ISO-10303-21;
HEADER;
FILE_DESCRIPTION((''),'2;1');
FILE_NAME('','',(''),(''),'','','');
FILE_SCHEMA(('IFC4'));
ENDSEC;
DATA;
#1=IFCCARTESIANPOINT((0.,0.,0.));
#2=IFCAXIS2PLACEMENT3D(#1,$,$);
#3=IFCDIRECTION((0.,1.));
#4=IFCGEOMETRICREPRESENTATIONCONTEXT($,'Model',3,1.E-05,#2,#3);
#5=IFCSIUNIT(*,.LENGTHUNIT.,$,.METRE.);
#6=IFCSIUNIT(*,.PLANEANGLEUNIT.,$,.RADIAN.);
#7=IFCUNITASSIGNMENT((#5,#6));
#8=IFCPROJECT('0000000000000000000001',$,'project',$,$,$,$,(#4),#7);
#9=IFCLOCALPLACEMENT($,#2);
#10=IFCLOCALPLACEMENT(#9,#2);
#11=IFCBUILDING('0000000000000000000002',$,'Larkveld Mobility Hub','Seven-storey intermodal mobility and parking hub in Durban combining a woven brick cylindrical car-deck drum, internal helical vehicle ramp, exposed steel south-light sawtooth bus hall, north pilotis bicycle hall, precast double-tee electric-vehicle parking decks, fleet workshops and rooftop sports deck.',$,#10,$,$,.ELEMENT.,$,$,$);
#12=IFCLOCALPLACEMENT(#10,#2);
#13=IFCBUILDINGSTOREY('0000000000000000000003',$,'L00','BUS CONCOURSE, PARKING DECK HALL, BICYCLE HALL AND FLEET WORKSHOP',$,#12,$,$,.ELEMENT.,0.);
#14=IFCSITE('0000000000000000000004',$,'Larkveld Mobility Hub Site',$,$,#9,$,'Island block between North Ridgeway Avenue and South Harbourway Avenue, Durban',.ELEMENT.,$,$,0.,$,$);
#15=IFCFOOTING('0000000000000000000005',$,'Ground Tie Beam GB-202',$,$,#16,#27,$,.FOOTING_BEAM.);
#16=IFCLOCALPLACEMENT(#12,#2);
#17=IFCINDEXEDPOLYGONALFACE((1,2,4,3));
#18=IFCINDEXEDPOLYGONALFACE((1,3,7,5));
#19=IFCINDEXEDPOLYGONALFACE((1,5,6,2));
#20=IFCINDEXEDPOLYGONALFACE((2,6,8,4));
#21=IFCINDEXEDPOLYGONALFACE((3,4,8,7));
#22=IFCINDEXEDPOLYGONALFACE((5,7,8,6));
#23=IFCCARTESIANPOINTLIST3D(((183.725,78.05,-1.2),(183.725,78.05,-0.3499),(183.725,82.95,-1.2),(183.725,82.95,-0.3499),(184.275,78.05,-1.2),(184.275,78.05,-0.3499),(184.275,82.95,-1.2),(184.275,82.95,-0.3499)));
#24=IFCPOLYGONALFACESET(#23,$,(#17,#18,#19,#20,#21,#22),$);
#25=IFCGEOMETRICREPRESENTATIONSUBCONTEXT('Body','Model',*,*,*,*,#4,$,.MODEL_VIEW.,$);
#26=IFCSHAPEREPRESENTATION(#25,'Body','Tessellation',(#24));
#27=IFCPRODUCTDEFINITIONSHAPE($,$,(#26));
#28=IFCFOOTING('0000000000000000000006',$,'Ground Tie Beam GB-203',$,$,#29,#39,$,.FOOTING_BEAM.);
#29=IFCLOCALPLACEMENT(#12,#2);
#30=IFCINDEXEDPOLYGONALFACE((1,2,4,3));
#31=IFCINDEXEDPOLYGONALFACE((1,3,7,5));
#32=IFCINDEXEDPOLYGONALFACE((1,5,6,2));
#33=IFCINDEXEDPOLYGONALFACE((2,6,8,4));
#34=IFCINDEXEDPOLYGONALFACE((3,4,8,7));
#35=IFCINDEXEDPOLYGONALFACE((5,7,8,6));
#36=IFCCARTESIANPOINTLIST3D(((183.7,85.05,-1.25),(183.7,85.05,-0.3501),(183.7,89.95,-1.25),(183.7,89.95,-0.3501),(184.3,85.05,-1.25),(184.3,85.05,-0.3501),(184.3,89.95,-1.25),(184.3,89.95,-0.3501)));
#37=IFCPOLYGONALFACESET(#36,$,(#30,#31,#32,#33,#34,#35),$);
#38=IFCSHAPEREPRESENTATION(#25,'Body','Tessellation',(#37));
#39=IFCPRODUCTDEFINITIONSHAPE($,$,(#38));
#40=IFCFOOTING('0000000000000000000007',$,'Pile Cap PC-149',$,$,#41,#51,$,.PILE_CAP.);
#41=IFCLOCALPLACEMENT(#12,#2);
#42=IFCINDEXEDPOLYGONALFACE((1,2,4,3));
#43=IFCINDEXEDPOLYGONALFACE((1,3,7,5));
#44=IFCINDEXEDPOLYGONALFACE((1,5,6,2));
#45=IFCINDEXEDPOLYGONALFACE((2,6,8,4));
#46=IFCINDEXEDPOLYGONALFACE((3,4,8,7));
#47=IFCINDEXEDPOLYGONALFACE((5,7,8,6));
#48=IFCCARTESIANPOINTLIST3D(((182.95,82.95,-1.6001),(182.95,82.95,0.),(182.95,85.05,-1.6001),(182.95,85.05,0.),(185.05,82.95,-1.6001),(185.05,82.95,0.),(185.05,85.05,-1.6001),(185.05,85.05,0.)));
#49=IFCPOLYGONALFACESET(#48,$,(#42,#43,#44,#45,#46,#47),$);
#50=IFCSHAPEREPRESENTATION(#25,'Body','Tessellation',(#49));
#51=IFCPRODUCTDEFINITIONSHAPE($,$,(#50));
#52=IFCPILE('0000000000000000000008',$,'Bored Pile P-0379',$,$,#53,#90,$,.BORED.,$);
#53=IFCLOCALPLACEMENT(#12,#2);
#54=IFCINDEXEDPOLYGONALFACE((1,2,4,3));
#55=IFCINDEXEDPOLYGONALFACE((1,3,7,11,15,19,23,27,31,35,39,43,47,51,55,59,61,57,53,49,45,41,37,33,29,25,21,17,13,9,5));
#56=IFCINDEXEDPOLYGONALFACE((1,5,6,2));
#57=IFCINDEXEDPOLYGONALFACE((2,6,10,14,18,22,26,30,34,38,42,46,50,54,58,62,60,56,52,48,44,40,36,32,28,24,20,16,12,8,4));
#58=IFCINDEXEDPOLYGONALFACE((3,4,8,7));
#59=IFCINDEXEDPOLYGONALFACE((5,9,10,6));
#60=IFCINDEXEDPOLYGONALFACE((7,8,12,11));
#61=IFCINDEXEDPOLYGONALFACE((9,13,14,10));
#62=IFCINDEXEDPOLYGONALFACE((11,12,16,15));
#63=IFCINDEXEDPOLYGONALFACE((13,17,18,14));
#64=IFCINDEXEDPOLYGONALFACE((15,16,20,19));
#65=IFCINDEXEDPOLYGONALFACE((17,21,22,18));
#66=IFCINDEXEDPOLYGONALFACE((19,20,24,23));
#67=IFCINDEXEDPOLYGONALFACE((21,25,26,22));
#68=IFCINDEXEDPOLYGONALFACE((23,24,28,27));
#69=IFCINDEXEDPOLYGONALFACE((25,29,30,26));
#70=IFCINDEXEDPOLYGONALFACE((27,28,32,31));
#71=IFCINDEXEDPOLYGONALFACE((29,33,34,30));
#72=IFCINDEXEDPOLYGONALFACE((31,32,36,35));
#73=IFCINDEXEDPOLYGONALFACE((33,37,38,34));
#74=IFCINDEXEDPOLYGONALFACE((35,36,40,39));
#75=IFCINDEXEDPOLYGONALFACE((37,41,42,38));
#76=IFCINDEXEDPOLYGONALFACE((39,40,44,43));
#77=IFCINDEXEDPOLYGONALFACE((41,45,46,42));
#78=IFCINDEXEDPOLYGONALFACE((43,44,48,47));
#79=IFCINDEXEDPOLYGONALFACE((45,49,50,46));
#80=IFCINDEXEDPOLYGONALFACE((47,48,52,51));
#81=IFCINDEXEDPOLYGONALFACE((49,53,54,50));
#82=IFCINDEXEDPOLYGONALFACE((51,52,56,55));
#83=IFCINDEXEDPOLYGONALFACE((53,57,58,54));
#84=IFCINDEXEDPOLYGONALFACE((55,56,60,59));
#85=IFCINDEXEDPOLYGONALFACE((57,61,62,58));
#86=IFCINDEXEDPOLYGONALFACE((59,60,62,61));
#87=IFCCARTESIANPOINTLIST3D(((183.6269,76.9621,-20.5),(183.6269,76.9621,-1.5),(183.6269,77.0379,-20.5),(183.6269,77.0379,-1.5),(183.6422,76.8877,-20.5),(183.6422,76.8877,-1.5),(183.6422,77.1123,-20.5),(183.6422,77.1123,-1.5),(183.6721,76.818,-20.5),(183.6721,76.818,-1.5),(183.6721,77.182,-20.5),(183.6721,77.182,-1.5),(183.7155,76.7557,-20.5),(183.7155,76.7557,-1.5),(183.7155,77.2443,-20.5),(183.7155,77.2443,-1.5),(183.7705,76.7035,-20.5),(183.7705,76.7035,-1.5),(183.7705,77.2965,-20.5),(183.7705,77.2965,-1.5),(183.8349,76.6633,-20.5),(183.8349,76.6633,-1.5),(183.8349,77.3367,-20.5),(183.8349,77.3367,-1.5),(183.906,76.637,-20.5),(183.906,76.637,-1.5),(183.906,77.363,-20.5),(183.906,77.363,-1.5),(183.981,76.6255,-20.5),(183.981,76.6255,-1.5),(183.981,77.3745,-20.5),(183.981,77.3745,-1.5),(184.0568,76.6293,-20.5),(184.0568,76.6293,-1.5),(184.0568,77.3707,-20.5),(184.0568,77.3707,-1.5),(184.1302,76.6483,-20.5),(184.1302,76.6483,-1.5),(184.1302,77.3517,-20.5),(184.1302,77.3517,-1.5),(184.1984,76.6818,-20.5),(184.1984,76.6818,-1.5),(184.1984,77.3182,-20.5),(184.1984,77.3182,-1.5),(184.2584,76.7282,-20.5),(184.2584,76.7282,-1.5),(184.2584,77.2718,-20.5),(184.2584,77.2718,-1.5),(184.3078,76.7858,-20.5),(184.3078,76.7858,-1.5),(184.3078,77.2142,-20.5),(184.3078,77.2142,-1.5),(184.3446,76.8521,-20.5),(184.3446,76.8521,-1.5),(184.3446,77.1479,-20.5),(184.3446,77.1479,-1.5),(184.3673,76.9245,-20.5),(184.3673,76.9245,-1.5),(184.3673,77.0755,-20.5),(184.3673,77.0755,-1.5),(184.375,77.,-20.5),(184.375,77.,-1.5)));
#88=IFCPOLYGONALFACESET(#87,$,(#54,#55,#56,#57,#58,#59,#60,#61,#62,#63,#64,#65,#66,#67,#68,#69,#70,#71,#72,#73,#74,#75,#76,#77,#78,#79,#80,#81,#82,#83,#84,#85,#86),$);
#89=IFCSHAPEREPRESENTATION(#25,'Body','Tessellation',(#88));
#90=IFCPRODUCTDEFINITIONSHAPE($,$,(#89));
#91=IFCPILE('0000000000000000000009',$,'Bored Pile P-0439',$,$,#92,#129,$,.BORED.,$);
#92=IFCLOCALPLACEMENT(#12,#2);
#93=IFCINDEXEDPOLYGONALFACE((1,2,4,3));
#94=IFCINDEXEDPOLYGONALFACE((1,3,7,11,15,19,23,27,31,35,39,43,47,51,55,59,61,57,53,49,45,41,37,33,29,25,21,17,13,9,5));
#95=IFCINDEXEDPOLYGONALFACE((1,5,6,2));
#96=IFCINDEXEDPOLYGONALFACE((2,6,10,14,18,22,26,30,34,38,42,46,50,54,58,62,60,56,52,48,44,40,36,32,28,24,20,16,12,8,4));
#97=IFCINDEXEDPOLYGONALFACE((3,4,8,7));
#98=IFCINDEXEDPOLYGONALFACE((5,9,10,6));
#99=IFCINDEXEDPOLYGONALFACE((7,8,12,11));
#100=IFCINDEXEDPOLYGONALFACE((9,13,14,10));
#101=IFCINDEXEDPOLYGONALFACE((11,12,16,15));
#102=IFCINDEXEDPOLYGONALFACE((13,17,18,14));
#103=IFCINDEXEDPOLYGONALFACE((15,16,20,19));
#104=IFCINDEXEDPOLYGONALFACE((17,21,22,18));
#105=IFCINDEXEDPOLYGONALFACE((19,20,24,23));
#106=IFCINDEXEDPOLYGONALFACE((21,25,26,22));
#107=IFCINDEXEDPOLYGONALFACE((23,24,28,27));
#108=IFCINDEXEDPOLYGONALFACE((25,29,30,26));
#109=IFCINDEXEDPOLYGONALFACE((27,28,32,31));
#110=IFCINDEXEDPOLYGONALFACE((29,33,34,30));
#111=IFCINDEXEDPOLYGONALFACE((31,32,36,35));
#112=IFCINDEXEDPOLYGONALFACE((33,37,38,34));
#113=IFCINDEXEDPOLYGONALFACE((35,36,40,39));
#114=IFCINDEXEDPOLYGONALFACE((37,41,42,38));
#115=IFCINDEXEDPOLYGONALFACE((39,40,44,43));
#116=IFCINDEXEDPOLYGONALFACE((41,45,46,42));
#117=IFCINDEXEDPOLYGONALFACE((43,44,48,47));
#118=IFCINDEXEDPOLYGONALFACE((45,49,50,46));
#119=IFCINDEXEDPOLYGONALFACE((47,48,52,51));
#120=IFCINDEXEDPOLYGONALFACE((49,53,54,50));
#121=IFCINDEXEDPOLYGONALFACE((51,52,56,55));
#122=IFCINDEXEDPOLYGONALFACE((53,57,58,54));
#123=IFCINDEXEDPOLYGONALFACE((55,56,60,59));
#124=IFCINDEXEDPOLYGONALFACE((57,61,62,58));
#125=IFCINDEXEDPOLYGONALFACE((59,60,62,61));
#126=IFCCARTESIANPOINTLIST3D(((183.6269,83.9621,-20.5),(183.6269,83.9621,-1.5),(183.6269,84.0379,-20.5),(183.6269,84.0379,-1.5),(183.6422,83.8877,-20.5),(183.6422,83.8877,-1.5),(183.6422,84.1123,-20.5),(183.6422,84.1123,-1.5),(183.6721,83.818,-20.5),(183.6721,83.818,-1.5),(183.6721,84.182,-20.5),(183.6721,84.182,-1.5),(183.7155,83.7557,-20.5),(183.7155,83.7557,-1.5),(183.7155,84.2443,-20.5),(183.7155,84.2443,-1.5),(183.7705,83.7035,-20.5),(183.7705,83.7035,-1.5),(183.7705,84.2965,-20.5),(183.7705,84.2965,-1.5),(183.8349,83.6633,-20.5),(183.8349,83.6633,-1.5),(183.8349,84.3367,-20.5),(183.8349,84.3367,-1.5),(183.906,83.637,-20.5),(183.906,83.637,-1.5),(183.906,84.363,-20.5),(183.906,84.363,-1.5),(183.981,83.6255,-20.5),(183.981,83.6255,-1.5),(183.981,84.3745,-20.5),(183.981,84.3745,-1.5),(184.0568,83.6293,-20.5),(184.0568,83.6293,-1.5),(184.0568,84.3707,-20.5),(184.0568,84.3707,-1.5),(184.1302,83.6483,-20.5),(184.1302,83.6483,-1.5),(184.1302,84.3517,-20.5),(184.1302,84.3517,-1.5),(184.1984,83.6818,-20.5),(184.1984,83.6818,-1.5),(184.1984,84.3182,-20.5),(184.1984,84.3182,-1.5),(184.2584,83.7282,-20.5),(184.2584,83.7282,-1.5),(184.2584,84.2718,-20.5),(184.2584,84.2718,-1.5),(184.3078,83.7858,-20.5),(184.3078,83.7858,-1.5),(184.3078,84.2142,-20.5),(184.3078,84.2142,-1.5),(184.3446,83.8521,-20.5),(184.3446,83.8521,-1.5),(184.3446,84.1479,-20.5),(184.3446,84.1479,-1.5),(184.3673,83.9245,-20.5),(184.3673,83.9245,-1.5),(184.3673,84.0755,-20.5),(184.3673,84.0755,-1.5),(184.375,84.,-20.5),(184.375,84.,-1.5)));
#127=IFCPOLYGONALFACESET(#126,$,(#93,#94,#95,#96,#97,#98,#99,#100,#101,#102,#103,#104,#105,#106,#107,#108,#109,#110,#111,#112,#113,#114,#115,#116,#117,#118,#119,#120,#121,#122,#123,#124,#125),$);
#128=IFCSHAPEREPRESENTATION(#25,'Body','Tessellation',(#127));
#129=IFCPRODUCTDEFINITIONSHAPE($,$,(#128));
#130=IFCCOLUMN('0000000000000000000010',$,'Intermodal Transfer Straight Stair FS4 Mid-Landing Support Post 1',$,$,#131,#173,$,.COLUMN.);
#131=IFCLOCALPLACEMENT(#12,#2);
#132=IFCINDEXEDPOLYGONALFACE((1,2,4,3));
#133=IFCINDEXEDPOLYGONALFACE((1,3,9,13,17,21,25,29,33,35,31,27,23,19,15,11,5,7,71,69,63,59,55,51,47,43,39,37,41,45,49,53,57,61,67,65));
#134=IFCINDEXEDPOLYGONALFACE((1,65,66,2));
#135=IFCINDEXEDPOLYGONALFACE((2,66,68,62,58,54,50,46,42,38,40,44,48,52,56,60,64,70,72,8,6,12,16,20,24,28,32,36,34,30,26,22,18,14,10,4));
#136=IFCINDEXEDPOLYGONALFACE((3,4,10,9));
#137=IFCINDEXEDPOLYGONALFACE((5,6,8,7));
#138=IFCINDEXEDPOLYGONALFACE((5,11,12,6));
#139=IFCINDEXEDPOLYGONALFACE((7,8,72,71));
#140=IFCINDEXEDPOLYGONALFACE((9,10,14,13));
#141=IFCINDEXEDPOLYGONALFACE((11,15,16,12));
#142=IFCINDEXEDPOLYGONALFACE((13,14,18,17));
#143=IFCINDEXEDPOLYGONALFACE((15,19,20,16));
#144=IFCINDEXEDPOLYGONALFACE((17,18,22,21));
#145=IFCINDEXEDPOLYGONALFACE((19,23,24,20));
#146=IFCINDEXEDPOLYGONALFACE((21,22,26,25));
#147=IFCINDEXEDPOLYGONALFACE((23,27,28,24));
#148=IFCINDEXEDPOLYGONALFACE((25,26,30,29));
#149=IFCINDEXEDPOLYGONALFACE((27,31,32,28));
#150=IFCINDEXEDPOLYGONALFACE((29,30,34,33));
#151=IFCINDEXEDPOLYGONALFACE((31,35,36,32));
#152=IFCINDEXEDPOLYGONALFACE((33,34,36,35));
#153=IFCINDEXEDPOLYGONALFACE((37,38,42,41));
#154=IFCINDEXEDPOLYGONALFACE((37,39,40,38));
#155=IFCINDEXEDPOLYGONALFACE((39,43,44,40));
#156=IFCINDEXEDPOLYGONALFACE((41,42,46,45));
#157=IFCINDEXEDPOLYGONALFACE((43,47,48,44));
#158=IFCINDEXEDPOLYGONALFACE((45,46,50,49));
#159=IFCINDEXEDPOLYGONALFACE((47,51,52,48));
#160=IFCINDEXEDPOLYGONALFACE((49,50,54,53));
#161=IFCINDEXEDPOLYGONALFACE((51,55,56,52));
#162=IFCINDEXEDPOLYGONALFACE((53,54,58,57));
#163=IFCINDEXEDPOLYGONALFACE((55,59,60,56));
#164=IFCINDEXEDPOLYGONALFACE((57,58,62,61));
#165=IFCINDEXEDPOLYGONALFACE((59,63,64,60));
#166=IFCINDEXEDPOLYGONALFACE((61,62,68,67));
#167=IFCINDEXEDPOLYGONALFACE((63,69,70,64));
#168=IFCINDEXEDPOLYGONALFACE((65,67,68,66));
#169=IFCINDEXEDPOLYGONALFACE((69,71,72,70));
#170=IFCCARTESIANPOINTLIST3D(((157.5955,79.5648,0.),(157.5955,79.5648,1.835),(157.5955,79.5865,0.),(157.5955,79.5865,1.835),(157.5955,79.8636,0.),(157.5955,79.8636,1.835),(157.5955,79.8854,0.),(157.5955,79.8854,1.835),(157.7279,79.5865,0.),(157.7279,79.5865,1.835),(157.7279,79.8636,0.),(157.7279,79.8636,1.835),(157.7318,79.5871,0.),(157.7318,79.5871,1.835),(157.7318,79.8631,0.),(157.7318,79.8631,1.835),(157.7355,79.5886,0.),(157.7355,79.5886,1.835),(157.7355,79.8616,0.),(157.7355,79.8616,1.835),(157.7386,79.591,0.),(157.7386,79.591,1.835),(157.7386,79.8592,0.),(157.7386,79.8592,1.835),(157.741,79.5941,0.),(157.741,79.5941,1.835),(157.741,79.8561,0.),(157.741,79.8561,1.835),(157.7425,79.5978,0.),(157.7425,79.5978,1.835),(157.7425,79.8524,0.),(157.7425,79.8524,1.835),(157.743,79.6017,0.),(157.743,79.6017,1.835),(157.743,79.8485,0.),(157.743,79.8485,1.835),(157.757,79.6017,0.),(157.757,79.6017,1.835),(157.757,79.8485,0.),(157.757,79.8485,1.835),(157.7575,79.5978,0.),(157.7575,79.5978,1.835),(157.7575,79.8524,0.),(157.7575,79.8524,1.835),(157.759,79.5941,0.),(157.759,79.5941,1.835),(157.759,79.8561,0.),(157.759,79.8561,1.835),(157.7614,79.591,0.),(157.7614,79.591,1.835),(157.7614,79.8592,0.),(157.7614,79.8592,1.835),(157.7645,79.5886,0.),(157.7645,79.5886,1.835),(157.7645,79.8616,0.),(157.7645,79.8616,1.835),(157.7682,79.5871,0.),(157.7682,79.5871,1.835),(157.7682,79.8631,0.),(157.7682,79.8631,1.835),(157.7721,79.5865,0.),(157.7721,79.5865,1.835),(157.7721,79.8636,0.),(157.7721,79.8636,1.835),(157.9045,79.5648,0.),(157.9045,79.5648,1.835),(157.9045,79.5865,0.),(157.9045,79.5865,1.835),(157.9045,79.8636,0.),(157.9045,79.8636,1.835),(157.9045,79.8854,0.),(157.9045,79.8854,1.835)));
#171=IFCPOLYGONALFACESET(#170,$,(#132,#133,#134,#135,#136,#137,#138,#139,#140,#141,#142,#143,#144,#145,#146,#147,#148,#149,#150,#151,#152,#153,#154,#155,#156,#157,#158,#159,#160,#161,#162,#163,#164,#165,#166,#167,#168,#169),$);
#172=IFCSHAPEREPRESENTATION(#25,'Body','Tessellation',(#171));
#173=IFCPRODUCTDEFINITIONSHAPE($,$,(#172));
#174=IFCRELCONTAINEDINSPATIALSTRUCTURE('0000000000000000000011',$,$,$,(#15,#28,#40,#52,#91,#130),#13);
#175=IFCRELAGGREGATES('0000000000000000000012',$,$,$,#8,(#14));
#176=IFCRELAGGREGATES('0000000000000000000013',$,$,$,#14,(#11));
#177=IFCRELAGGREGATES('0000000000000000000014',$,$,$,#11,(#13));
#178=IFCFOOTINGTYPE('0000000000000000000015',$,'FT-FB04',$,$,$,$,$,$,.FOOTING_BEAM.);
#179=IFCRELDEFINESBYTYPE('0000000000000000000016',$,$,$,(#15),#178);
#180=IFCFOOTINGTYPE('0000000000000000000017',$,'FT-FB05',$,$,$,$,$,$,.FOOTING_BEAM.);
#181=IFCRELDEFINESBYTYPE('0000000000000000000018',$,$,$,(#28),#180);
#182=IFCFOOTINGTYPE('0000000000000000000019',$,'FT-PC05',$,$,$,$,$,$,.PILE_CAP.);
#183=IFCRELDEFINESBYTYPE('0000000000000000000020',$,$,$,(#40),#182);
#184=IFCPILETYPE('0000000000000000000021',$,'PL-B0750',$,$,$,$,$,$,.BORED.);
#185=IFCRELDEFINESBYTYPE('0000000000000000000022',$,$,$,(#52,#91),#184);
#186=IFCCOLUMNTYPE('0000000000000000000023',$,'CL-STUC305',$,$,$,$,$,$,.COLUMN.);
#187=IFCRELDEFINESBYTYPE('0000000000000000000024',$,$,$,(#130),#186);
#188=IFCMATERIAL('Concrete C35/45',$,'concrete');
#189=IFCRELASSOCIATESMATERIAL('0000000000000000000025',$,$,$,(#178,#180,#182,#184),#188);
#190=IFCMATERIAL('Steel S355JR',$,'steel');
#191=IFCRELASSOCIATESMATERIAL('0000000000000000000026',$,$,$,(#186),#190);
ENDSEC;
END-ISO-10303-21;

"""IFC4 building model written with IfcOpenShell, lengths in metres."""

from ifc_helpers import new_model, si_unit, direction, frame, origin, origin_2d, place, context, subcontext, project, spatial, rectangle, circle, i_section, extrude, material, material_profile, profile_set, type_object, element, save


model = new_model("IFC4")

# Units and contexts
model_context = context("Model", 3, precision=1e-05, world=origin(), true_north=direction((0.0, 1.0)))
body_context = subcontext(model_context, "Body", "Model", "MODEL_VIEW")
ifc_project = project(units=[si_unit("LENGTHUNIT", "METRE"), si_unit("PLANEANGLEUNIT", "RADIAN")], contexts=[model_context])

# Site, building, storey
site_placement = place(None, origin())
site = spatial("IfcSite", under=ifc_project, at=site_placement, Name="Larkveld Mobility Hub Site", LongName="Island block between North Ridgeway Avenue and South Harbourway Avenue, Durban", CompositionType="ELEMENT", RefElevation=0.0)
building_placement = place(site_placement, origin())
building = spatial("IfcBuilding", under=site, at=building_placement, Name="Larkveld Mobility Hub", Description="Seven-storey intermodal mobility and parking hub in Durban combining a woven brick cylindrical car-deck drum, internal helical vehicle ramp, exposed steel south-light sawtooth bus hall, north pilotis bicycle hall, precast double-tee electric-vehicle parking decks, fleet workshops and rooftop sports deck.", CompositionType="ELEMENT")
storey_placement = place(building_placement, origin())
storey = spatial("IfcBuildingStorey", under=building, at=storey_placement, Name="L00", Description="BUS CONCOURSE, PARKING DECK HALL, BICYCLE HALL AND FLEET WORKSHOP", CompositionType="ELEMENT", Elevation=0.0)

# Footings
ifc_material_1 = material(Name="Concrete C35/45", Category="concrete")
ifc_material_profile_1 = material_profile(ifc_material_1, rectangle(XDim=0.55, YDim=0.8501, at=origin_2d()), Name="RC BM 550x850")
ifc_profile_set_1 = profile_set([ifc_material_profile_1], Name="Concrete C35/45")
footing_type_1 = type_object("IfcFootingType", Name="FT-FB04", PredefinedType="FOOTING_BEAM", material=ifc_profile_set_1)
footing_1_placement = place(storey_placement, frame((184.0, 78.05, -0.7749), z_axis=(0.0, 1.0, 0.0), x_axis=(-1.0, 0.0, 0.0)))
element("IfcFooting", 1, at=footing_1_placement, inside=storey, type_object=footing_type_1, Name="Ground Tie Beam GB-202", PredefinedType="FOOTING_BEAM", context=body_context, shape_type="SweptSolid", body=[
    extrude(rectangle(XDim=0.55, YDim=0.8501, at=origin_2d()), origin(), (0.0, 0.0, 1.0), 4.8999),
])
ifc_material_profile_2 = material_profile(ifc_material_1, rectangle(XDim=0.6001, YDim=0.8999, at=origin_2d()), Name="RC BM 600x900")
ifc_profile_set_2 = profile_set([ifc_material_profile_2], Name="Concrete C35/45")
footing_type_2 = type_object("IfcFootingType", Name="FT-FB05", PredefinedType="FOOTING_BEAM", material=ifc_profile_set_2)
footing_2_placement = place(storey_placement, frame((184.0, 85.05, -0.8), z_axis=(0.0, 1.0, 0.0), x_axis=(-1.0, 0.0, 0.0)))
element("IfcFooting", 2, at=footing_2_placement, inside=storey, type_object=footing_type_2, Name="Ground Tie Beam GB-203", PredefinedType="FOOTING_BEAM", context=body_context, shape_type="SweptSolid", body=[
    extrude(rectangle(XDim=0.6001, YDim=0.8999, at=origin_2d()), origin(), (0.0, 0.0, 1.0), 4.8999),
])
footing_type_3 = type_object("IfcFootingType", Name="FT-PC05", PredefinedType="PILE_CAP", material=ifc_material_1)
footing_3_placement = place(storey_placement, frame((184.0, 84.0, -1.6001), z_axis=(0.0, 0.0, 1.0), x_axis=(1.0, 0.0, 0.0)))
element("IfcFooting", 3, at=footing_3_placement, inside=storey, type_object=footing_type_3, Name="Pile Cap PC-149", PredefinedType="PILE_CAP", context=body_context, shape_type="SweptSolid", body=[
    extrude(rectangle(XDim=2.1001, YDim=2.1001, at=origin_2d()), origin(), (0.0, 0.0, 1.0), 1.6001),
])

# Piles
ifc_material_profile_3 = material_profile(ifc_material_1, circle(Radius=0.375, at=origin_2d()), Name="PILE D750")
ifc_profile_set_3 = profile_set([ifc_material_profile_3], Name="Concrete C35/45")
pile_type = type_object("IfcPileType", Name="PL-B0750", PredefinedType="BORED", material=ifc_profile_set_3)
for number, where, z_axis, x_axis, name in (
    (4, (184.0, 77.0, -1.5), (0.0, 0.0, -1.0), (1.0, 0.0, 0.0), "Bored Pile P-0379"),
    (5, (184.0, 84.0, -1.5), (0.0, 0.0, -1.0), (1.0, 0.0, 0.0), "Bored Pile P-0439"),
):
    element("IfcPile", number, at=place(storey_placement, frame(where, z_axis=z_axis, x_axis=x_axis)), inside=storey, type_object=pile_type, Name=name, PredefinedType="BORED", context=body_context, shape_type="SweptSolid", body=[
        extrude(circle(Radius=0.375, at=origin_2d()), origin(), (0.0, 0.0, 1.0), 19.0),
    ])

# Column
ifc_material_2 = material(Name="Steel S355JR", Category="steel")
ifc_material_profile_4 = material_profile(ifc_material_2, i_section(OverallWidth=0.3091, OverallDepth=0.3206, WebThickness=0.0139, FlangeThickness=0.0217, FilletRadius=0.0151, at=origin_2d()), Name="UC 305x305x137")
ifc_profile_set_4 = profile_set([ifc_material_profile_4], Name="Steel S355JR")
column_type_1 = type_object("IfcColumnType", Name="CL-STUC305", PredefinedType="COLUMN", material=ifc_profile_set_4)
for number, where, z_axis, x_axis, name in (
    (6, (157.75, 79.7251, 0.0), (0.0, 0.0, 1.0), (1.0, 0.0, 0.0), "Intermodal Transfer Straight Stair FS4 Mid-Landing Support Post 1"),
):
    element("IfcColumn", number, at=place(storey_placement, frame(where, z_axis=z_axis, x_axis=x_axis)), inside=storey, type_object=column_type_1, Name=name, PredefinedType="COLUMN", context=body_context, shape_type="SweptSolid", body=[
        extrude(i_section(OverallWidth=0.3091, OverallDepth=0.3206, WebThickness=0.0139, FlangeThickness=0.0217, FilletRadius=0.0151, at=origin_2d()), origin(), (0.0, 0.0, 1.0), 1.835),
    ])

save(model, "model.ifc")
